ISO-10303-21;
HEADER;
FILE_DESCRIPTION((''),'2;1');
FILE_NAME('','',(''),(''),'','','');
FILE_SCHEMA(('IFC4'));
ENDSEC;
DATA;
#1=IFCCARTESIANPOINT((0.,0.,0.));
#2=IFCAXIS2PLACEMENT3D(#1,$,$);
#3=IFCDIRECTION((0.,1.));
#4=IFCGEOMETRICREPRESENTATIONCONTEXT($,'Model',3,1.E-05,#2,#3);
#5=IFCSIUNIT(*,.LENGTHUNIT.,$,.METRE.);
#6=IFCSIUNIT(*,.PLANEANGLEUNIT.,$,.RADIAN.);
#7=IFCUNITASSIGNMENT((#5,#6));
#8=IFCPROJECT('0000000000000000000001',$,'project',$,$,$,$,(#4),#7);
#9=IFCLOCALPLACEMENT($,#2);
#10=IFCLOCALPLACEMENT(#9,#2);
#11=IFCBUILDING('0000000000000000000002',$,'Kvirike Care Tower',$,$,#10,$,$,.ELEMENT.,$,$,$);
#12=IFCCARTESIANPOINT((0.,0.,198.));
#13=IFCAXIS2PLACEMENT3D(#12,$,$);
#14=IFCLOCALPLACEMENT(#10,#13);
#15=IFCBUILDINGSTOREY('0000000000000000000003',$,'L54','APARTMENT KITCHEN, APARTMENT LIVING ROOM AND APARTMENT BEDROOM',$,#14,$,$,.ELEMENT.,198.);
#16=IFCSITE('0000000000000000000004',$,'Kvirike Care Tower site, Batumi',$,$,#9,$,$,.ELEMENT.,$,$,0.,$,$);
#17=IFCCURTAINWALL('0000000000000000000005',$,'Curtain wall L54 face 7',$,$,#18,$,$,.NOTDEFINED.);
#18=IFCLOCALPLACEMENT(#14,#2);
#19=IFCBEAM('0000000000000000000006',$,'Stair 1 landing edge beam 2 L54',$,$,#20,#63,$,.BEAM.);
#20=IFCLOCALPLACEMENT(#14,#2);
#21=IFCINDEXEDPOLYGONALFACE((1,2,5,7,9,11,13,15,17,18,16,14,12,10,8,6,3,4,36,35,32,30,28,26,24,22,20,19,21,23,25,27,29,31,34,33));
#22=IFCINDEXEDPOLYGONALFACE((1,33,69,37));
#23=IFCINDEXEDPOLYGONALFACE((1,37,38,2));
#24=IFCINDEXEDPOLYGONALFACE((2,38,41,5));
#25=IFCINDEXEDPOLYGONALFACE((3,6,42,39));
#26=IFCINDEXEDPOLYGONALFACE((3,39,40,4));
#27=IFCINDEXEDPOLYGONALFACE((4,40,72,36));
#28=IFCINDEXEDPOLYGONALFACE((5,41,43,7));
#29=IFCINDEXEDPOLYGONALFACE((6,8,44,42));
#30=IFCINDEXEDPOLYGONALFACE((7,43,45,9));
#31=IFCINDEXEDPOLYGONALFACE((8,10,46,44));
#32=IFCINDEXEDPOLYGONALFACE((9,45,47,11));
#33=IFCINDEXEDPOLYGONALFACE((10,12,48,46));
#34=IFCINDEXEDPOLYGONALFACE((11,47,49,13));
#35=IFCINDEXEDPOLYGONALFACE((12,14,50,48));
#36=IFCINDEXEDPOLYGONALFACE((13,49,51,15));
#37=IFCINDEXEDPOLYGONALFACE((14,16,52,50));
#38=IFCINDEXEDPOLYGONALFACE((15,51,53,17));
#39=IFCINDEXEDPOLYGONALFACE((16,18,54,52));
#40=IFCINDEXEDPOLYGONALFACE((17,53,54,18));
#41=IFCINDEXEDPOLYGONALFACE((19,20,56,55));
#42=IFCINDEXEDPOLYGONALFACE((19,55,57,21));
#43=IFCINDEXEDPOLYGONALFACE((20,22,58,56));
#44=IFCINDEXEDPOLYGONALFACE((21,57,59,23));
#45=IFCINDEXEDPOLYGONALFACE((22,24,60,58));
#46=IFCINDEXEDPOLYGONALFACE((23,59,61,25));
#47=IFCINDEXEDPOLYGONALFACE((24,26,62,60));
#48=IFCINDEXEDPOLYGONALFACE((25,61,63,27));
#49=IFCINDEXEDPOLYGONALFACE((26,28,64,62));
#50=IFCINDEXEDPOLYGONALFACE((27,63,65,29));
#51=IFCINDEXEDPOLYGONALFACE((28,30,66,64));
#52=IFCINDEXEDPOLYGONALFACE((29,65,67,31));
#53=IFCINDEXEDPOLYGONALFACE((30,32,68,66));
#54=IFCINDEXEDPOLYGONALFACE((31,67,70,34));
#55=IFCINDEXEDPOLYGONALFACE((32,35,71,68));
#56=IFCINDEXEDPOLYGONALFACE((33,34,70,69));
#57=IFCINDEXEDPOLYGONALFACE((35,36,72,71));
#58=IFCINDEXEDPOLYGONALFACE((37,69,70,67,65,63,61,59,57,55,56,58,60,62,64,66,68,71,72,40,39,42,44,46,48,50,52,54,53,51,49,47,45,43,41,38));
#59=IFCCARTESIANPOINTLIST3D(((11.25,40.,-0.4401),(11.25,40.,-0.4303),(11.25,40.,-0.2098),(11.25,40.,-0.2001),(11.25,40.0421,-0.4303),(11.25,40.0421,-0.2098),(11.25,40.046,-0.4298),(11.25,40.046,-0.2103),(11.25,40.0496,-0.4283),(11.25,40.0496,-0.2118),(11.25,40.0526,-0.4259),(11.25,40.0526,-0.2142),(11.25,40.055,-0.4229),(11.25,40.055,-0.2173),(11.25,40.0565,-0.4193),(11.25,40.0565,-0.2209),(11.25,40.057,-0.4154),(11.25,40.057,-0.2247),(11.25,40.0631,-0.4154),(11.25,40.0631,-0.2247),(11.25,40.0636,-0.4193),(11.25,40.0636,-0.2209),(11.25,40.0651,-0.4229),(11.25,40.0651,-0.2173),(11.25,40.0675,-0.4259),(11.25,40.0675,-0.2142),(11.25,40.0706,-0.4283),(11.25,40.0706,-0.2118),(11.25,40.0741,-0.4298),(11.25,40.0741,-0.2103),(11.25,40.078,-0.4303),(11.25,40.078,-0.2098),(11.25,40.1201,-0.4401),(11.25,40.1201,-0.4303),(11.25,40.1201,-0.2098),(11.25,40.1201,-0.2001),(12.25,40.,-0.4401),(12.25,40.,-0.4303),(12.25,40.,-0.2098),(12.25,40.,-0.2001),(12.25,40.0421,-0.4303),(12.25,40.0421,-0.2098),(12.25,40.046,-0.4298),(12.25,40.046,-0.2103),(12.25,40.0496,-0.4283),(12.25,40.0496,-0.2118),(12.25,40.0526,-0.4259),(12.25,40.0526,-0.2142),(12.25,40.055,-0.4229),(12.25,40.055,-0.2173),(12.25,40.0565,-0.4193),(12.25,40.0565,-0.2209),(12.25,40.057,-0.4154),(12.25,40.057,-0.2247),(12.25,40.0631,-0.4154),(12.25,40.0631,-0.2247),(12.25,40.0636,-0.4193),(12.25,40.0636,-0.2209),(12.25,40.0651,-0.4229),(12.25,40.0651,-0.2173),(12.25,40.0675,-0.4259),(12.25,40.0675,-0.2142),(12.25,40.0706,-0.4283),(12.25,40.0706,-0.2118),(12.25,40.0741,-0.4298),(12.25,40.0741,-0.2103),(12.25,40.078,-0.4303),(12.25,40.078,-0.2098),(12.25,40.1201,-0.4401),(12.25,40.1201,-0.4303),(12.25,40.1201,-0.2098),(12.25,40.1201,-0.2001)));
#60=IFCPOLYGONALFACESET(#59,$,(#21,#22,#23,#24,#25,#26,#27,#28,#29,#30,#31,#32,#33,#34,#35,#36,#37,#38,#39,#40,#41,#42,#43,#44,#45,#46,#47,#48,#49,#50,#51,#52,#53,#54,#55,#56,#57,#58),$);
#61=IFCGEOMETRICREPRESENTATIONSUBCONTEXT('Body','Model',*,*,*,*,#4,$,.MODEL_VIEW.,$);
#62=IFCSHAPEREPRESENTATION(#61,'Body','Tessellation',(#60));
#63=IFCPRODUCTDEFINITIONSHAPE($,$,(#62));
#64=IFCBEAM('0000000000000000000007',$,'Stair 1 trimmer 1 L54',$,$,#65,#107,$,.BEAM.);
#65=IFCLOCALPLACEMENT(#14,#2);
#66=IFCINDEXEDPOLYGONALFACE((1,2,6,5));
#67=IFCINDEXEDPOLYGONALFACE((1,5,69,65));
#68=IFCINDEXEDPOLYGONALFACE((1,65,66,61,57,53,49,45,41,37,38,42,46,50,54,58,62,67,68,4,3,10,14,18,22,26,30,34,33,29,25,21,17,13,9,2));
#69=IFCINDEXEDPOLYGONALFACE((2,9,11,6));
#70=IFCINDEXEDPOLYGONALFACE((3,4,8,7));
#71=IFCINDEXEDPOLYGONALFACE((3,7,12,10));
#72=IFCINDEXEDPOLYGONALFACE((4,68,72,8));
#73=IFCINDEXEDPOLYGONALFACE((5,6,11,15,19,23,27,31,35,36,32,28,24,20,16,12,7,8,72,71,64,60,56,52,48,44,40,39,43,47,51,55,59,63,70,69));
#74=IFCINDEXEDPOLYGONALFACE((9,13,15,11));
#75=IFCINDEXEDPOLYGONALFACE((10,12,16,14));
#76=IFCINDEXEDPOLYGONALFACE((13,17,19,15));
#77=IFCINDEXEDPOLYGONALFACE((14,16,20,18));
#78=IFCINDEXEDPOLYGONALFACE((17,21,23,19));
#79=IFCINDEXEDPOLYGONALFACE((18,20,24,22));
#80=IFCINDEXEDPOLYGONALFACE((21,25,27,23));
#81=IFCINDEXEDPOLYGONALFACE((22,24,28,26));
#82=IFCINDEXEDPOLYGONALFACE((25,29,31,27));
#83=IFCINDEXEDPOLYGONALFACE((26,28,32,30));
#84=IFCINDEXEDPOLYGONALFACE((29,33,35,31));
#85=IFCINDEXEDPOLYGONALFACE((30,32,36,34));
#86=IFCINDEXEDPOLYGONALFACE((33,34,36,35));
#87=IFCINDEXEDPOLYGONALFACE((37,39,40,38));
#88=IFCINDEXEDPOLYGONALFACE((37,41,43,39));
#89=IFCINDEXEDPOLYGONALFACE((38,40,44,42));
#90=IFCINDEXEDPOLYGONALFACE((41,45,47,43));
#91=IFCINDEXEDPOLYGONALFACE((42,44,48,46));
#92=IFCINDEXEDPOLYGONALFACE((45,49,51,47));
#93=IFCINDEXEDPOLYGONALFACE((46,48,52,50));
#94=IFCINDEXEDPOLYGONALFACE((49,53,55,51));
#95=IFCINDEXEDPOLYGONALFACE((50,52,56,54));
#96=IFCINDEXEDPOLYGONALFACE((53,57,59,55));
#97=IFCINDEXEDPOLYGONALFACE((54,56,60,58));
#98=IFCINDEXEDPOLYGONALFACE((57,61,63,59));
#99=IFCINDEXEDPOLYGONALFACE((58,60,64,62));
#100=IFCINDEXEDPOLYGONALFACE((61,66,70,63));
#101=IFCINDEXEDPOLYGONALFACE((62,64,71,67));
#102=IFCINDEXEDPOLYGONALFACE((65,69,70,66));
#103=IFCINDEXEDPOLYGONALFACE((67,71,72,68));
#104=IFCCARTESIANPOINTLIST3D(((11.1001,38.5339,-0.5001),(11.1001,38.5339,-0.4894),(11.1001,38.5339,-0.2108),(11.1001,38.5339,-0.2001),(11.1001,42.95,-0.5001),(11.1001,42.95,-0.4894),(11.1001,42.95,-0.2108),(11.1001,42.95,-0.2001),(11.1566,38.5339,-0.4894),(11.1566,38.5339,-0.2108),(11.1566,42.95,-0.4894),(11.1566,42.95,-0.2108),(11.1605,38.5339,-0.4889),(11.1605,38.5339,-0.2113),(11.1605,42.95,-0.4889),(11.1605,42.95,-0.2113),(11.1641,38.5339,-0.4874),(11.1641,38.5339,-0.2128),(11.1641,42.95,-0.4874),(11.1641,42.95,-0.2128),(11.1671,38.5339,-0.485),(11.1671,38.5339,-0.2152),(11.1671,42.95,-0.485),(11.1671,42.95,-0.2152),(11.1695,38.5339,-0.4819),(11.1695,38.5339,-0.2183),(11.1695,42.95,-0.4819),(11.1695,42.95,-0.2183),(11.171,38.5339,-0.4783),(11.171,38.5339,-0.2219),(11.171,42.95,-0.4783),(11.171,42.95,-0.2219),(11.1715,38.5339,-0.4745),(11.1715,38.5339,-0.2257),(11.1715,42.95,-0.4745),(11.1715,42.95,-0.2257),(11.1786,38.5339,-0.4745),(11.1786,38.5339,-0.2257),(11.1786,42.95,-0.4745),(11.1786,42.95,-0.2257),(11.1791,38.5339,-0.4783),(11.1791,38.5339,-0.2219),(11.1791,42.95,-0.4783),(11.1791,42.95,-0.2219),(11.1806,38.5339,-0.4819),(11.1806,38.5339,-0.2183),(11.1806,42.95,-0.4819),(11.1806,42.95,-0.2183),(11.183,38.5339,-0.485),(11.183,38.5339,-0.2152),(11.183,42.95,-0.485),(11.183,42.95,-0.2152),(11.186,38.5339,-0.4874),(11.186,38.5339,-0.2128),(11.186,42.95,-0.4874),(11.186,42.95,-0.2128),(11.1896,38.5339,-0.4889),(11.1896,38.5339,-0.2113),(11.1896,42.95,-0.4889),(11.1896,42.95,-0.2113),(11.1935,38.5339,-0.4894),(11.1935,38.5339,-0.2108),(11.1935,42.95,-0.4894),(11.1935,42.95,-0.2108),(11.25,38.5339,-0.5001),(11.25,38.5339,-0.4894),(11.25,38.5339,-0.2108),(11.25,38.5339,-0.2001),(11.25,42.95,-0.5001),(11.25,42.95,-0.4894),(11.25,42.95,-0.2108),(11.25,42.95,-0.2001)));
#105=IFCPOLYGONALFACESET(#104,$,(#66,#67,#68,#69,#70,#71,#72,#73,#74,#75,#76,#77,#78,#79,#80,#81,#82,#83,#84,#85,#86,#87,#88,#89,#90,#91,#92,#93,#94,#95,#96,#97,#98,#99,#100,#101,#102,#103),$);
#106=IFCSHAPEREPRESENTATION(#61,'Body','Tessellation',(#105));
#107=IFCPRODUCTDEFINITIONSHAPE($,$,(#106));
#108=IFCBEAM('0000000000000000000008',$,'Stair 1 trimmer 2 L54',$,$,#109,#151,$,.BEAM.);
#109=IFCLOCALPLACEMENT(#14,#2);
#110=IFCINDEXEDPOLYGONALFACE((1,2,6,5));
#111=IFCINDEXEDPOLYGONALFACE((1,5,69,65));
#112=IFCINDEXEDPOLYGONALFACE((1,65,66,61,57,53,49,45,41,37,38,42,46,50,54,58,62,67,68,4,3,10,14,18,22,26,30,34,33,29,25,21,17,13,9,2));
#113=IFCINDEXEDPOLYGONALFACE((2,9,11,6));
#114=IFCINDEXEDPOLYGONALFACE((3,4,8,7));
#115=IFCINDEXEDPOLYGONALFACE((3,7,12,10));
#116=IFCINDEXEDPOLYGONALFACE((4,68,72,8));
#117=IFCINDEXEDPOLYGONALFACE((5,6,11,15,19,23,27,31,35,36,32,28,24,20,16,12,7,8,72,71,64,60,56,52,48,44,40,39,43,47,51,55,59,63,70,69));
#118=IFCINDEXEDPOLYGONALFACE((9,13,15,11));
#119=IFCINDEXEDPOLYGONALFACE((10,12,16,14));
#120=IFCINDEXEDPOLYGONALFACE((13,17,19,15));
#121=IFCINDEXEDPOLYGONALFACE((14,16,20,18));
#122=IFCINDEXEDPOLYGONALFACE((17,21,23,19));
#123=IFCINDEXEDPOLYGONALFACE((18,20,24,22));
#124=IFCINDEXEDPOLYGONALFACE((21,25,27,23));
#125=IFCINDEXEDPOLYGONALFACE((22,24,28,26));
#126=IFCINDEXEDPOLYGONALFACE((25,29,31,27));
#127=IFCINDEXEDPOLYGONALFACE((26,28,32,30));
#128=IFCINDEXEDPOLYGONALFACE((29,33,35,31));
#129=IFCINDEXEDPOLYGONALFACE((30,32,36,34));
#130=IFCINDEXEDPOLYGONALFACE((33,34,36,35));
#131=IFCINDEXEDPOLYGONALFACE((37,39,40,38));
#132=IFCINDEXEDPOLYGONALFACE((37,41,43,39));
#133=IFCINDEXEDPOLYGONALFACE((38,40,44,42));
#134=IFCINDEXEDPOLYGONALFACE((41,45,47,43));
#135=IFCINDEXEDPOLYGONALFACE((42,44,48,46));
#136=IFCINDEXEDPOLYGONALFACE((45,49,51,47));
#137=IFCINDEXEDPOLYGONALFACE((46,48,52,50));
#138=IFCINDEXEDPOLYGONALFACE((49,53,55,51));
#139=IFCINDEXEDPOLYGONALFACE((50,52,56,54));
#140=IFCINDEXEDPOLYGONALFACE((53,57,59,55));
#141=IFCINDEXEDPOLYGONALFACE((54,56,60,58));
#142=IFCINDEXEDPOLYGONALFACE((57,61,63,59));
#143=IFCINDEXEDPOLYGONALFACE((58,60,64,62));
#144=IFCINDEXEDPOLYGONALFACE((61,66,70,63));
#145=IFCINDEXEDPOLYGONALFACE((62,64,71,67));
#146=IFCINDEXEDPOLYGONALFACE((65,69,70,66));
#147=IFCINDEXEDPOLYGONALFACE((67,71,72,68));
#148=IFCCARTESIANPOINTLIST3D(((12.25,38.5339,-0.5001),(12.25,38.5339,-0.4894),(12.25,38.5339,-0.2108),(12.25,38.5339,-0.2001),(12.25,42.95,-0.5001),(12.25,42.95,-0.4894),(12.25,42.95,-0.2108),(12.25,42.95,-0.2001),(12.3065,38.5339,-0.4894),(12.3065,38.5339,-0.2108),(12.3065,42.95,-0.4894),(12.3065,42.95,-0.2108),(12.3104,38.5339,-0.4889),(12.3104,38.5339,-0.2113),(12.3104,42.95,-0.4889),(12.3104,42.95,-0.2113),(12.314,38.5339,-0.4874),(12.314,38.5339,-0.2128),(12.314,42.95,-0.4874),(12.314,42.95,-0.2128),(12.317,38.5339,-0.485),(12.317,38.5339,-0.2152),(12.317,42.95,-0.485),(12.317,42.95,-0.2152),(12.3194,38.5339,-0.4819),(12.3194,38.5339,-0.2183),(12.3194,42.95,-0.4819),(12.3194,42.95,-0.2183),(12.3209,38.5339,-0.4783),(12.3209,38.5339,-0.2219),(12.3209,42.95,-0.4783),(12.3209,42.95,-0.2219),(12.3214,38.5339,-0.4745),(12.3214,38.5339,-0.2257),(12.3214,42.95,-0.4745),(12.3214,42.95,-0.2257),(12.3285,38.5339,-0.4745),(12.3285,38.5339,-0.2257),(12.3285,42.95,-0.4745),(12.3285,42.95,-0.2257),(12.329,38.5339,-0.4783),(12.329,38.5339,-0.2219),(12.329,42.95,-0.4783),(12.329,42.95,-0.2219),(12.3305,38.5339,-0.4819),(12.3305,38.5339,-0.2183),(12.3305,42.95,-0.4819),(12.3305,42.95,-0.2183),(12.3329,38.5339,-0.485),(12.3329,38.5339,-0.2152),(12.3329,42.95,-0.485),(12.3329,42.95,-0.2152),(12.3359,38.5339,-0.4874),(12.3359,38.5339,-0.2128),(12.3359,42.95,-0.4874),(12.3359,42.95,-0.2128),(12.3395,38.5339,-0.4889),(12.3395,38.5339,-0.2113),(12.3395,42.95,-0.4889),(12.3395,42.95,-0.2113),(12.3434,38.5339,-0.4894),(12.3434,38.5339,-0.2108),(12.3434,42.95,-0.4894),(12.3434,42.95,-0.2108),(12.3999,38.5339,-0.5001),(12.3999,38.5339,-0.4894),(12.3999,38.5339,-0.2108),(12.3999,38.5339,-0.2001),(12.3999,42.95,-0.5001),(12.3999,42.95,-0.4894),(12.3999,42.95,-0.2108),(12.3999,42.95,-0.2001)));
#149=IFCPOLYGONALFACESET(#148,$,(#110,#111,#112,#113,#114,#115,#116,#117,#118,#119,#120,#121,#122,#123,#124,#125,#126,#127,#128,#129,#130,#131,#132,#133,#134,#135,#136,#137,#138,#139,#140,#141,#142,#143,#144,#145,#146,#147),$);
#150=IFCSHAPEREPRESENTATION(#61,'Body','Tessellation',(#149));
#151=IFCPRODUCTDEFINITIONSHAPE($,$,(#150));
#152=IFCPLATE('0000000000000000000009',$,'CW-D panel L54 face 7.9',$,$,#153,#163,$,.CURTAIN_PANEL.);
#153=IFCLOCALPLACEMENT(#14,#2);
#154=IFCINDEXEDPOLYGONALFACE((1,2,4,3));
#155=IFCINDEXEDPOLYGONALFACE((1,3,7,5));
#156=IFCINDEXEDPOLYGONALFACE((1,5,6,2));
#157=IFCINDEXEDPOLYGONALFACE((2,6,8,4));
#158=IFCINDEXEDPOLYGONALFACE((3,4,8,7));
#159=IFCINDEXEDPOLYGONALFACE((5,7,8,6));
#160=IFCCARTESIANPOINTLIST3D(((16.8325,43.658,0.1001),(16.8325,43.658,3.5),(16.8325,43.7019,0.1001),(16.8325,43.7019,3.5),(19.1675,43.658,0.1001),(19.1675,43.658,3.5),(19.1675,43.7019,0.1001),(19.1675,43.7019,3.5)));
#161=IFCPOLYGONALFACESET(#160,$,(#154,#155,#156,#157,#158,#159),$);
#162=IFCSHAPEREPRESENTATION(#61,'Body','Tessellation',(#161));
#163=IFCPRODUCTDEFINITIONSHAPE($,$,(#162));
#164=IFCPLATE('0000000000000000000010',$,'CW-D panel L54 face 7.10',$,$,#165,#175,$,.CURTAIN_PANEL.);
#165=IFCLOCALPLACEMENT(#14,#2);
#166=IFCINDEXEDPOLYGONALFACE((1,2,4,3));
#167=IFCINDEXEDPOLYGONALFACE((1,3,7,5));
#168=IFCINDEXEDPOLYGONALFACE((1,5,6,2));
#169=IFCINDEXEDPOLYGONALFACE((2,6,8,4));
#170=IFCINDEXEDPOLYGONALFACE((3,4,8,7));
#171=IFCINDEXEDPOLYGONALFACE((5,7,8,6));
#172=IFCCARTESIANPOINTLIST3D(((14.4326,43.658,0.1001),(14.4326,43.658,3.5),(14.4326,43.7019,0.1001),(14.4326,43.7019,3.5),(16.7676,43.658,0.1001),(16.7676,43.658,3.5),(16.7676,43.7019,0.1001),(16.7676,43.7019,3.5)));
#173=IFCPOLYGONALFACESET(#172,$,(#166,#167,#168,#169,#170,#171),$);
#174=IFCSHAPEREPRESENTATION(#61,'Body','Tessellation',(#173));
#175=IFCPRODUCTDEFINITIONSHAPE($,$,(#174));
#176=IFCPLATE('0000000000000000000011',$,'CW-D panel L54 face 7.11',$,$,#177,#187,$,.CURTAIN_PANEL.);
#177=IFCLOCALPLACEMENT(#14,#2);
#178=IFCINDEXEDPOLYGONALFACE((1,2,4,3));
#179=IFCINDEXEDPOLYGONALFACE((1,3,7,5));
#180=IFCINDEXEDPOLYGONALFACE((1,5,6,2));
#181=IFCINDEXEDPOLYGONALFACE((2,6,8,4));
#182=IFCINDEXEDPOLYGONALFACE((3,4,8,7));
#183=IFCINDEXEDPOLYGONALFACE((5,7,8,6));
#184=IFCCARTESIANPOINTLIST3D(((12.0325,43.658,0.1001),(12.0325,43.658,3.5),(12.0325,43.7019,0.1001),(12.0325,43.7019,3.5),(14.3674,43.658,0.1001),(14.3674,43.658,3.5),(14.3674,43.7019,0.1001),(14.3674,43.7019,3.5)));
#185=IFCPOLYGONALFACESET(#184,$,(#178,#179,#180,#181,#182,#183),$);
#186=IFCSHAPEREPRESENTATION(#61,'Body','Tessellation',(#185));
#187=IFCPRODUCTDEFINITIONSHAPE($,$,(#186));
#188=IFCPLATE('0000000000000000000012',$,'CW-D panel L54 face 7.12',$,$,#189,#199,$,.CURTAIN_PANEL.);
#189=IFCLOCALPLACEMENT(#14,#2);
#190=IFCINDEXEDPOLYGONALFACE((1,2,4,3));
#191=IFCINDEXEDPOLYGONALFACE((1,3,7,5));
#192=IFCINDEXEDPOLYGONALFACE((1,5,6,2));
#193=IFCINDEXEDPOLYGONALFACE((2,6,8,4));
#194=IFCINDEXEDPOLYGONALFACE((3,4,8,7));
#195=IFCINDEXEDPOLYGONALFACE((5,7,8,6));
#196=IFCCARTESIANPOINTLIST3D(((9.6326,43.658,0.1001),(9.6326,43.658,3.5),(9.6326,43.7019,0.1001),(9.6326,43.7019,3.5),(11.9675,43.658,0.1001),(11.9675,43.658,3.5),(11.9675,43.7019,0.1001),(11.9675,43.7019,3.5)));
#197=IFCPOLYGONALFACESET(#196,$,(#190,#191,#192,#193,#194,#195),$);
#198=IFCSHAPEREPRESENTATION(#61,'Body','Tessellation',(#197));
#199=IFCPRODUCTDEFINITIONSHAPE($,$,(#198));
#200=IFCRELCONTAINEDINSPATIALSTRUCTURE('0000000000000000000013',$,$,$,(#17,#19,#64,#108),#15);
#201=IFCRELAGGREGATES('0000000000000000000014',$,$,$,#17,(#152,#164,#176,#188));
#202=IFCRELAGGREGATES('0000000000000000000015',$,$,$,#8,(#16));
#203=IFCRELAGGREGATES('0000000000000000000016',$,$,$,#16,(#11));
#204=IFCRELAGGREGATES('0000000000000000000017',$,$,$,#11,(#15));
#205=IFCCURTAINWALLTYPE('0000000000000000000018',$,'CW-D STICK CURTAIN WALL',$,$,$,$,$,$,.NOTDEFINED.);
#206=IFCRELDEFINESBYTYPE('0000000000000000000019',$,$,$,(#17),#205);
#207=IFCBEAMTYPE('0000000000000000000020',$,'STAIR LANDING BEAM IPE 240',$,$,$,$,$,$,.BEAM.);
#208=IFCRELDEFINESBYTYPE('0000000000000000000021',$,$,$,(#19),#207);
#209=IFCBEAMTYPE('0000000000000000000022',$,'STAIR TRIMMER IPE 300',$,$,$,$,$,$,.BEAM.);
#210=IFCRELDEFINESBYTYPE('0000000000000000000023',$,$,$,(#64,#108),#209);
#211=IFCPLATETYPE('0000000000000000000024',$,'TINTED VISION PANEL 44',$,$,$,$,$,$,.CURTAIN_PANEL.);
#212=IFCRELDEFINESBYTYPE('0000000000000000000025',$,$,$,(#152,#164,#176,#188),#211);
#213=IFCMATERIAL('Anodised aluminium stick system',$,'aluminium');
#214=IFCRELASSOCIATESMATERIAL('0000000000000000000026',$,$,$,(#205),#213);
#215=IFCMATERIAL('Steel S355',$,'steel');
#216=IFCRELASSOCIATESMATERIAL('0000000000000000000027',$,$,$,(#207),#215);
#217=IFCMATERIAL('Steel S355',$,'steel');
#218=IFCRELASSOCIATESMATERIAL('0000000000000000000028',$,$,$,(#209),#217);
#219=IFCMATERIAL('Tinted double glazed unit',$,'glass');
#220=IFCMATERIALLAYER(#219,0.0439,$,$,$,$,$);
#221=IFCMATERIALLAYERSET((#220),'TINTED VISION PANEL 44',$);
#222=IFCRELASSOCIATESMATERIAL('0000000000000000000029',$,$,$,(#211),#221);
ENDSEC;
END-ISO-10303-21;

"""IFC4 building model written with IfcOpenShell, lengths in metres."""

from ifc_helpers import new_model, si_unit, direction, frame, origin, origin_2d, place, context, subcontext, project, spatial, rectangle, i_section, extrude, material, layer, layer_set, material_profile, profile_set, type_object, element, aggregate, save


model = new_model("IFC4")

# Units and contexts
model_context = context("Model", 3, precision=1e-05, world=origin(), true_north=direction((0.0, 1.0)))
body_context = subcontext(model_context, "Body", "Model", "MODEL_VIEW")
ifc_project = project(units=[si_unit("LENGTHUNIT", "METRE"), si_unit("PLANEANGLEUNIT", "RADIAN")], contexts=[model_context])

# Site, building, storey
site_placement = place(None, origin())
site = spatial("IfcSite", under=ifc_project, at=site_placement, Name="Kvirike Care Tower site, Batumi", CompositionType="ELEMENT", RefElevation=0.0)
building_placement = place(site_placement, origin())
building = spatial("IfcBuilding", under=site, at=building_placement, Name="Kvirike Care Tower", CompositionType="ELEMENT")
storey_placement = place(building_placement, frame((0.0, 0.0, 198.0)))
storey = spatial("IfcBuildingStorey", under=building, at=storey_placement, Name="L54", Description="APARTMENT KITCHEN, APARTMENT LIVING ROOM AND APARTMENT BEDROOM", CompositionType="ELEMENT", Elevation=198.0)

# Curtain wall
ifc_material_1 = material(Name="Anodised aluminium stick system", Category="aluminium")
curtain_wall_type = type_object("IfcCurtainWallType", Name="CW-D STICK CURTAIN WALL", PredefinedType="NOTDEFINED", material=ifc_material_1)
curtain_wall_placement = place(storey_placement, origin())
curtain_wall = element("IfcCurtainWall", 1, at=curtain_wall_placement, inside=storey, type_object=curtain_wall_type, Name="Curtain wall L54 face 7", PredefinedType="NOTDEFINED")

# Beams
ifc_material_2 = material(Name="Steel S355", Category="steel")
ifc_material_profile_1 = material_profile(ifc_material_2, i_section(OverallWidth=0.1201, OverallDepth=0.24, WebThickness=0.0061, FlangeThickness=0.0098, FilletRadius=0.0149, at=origin_2d()), Name="IPE 240")
ifc_profile_set_1 = profile_set([ifc_material_profile_1], Name="Steel S355")
beam_type_1 = type_object("IfcBeamType", Name="STAIR LANDING BEAM IPE 240", PredefinedType="BEAM", material=ifc_profile_set_1)
for number, where, z_axis, x_axis, name in (
    (2, (11.25, 40.0601, -0.3201), (1.0, 0.0, 0.0), (0.0, 1.0, 0.0), "Stair 1 landing edge beam 2 L54"),
):
    element("IfcBeam", number, at=place(storey_placement, frame(where, z_axis=z_axis, x_axis=x_axis)), inside=storey, type_object=beam_type_1, Name=name, PredefinedType="BEAM", context=body_context, shape_type="SweptSolid", body=[
        extrude(i_section(OverallWidth=0.1201, OverallDepth=0.24, WebThickness=0.0061, FlangeThickness=0.0098, FilletRadius=0.0149, at=origin_2d()), origin(), (0.0, 0.0, 1.0), 1.0),
    ])
ifc_material_3 = material(Name="Steel S355", Category="steel")
ifc_material_profile_2 = material_profile(ifc_material_3, i_section(OverallWidth=0.1499, OverallDepth=0.3, WebThickness=0.0071, FlangeThickness=0.0107, FilletRadius=0.0149, at=origin_2d()), Name="IPE 300")
ifc_profile_set_2 = profile_set([ifc_material_profile_2], Name="Steel S355")
beam_type_2 = type_object("IfcBeamType", Name="STAIR TRIMMER IPE 300", PredefinedType="BEAM", material=ifc_profile_set_2)
for number, where, z_axis, x_axis, name in (
    (3, (11.175, 42.95, -0.3501), (0.0, -1.0, 0.0), (1.0, 0.0, 0.0), "Stair 1 trimmer 1 L54"),
    (4, (12.325, 42.95, -0.3501), (0.0, -1.0, 0.0), (1.0, 0.0, 0.0), "Stair 1 trimmer 2 L54"),
):
    element("IfcBeam", number, at=place(storey_placement, frame(where, z_axis=z_axis, x_axis=x_axis)), inside=storey, type_object=beam_type_2, Name=name, PredefinedType="BEAM", context=body_context, shape_type="SweptSolid", body=[
        extrude(i_section(OverallWidth=0.1499, OverallDepth=0.3, WebThickness=0.0071, FlangeThickness=0.0107, FilletRadius=0.0149, at=origin_2d()), origin(), (0.0, 0.0, 1.0), 4.416),
    ])

# Plates
ifc_material_4 = material(Name="Tinted double glazed unit", Category="glass")
ifc_layer_1 = layer(ifc_material_4, 0.0439)
ifc_layer_set_1 = layer_set([ifc_layer_1], Name="TINTED VISION PANEL 44")
plate_type = type_object("IfcPlateType", Name="TINTED VISION PANEL 44", PredefinedType="CURTAIN_PANEL", material=ifc_layer_set_1)
plate_1_placement = place(storey_placement, frame((18.0, 43.6799, 0.1001), z_axis=(0.0, 0.0, 1.0), x_axis=(-1.0, 0.0, 0.0)))
plate_1 = element("IfcPlate", 5, at=plate_1_placement, type_object=plate_type, Name="CW-D panel L54 face 7.9", PredefinedType="CURTAIN_PANEL", context=body_context, shape_type="SweptSolid", body=[
    extrude(rectangle(XDim=2.335, YDim=0.0439, at=origin_2d()), origin(), (0.0, 0.0, 1.0), 3.3999),
])
plate_2_placement = place(storey_placement, frame((15.6001, 43.6799, 0.1001), z_axis=(0.0, 0.0, 1.0), x_axis=(-1.0, 0.0, 0.0)))
plate_2 = element("IfcPlate", 6, at=plate_2_placement, type_object=plate_type, Name="CW-D panel L54 face 7.10", PredefinedType="CURTAIN_PANEL", context=body_context, shape_type="SweptSolid", body=[
    extrude(rectangle(XDim=2.335, YDim=0.0439, at=origin_2d()), origin(), (0.0, 0.0, 1.0), 3.3999),
])
plate_3_placement = place(storey_placement, frame((13.2, 43.6799, 0.1001), z_axis=(0.0, 0.0, 1.0), x_axis=(-1.0, 0.0, 0.0)))
plate_3 = element("IfcPlate", 7, at=plate_3_placement, type_object=plate_type, Name="CW-D panel L54 face 7.11", PredefinedType="CURTAIN_PANEL", context=body_context, shape_type="SweptSolid", body=[
    extrude(rectangle(XDim=2.335, YDim=0.0439, at=origin_2d()), origin(), (0.0, 0.0, 1.0), 3.3999),
])
plate_4_placement = place(storey_placement, frame((10.8, 43.6799, 0.1001), z_axis=(0.0, 0.0, 1.0), x_axis=(-1.0, 0.0, 0.0)))
plate_4 = element("IfcPlate", 8, at=plate_4_placement, type_object=plate_type, Name="CW-D panel L54 face 7.12", PredefinedType="CURTAIN_PANEL", context=body_context, shape_type="SweptSolid", body=[
    extrude(rectangle(XDim=2.335, YDim=0.0439, at=origin_2d()), origin(), (0.0, 0.0, 1.0), 3.3999),
])
aggregate(curtain_wall, [plate_1, plate_2, plate_3, plate_4])

save(model, "model.ifc")
